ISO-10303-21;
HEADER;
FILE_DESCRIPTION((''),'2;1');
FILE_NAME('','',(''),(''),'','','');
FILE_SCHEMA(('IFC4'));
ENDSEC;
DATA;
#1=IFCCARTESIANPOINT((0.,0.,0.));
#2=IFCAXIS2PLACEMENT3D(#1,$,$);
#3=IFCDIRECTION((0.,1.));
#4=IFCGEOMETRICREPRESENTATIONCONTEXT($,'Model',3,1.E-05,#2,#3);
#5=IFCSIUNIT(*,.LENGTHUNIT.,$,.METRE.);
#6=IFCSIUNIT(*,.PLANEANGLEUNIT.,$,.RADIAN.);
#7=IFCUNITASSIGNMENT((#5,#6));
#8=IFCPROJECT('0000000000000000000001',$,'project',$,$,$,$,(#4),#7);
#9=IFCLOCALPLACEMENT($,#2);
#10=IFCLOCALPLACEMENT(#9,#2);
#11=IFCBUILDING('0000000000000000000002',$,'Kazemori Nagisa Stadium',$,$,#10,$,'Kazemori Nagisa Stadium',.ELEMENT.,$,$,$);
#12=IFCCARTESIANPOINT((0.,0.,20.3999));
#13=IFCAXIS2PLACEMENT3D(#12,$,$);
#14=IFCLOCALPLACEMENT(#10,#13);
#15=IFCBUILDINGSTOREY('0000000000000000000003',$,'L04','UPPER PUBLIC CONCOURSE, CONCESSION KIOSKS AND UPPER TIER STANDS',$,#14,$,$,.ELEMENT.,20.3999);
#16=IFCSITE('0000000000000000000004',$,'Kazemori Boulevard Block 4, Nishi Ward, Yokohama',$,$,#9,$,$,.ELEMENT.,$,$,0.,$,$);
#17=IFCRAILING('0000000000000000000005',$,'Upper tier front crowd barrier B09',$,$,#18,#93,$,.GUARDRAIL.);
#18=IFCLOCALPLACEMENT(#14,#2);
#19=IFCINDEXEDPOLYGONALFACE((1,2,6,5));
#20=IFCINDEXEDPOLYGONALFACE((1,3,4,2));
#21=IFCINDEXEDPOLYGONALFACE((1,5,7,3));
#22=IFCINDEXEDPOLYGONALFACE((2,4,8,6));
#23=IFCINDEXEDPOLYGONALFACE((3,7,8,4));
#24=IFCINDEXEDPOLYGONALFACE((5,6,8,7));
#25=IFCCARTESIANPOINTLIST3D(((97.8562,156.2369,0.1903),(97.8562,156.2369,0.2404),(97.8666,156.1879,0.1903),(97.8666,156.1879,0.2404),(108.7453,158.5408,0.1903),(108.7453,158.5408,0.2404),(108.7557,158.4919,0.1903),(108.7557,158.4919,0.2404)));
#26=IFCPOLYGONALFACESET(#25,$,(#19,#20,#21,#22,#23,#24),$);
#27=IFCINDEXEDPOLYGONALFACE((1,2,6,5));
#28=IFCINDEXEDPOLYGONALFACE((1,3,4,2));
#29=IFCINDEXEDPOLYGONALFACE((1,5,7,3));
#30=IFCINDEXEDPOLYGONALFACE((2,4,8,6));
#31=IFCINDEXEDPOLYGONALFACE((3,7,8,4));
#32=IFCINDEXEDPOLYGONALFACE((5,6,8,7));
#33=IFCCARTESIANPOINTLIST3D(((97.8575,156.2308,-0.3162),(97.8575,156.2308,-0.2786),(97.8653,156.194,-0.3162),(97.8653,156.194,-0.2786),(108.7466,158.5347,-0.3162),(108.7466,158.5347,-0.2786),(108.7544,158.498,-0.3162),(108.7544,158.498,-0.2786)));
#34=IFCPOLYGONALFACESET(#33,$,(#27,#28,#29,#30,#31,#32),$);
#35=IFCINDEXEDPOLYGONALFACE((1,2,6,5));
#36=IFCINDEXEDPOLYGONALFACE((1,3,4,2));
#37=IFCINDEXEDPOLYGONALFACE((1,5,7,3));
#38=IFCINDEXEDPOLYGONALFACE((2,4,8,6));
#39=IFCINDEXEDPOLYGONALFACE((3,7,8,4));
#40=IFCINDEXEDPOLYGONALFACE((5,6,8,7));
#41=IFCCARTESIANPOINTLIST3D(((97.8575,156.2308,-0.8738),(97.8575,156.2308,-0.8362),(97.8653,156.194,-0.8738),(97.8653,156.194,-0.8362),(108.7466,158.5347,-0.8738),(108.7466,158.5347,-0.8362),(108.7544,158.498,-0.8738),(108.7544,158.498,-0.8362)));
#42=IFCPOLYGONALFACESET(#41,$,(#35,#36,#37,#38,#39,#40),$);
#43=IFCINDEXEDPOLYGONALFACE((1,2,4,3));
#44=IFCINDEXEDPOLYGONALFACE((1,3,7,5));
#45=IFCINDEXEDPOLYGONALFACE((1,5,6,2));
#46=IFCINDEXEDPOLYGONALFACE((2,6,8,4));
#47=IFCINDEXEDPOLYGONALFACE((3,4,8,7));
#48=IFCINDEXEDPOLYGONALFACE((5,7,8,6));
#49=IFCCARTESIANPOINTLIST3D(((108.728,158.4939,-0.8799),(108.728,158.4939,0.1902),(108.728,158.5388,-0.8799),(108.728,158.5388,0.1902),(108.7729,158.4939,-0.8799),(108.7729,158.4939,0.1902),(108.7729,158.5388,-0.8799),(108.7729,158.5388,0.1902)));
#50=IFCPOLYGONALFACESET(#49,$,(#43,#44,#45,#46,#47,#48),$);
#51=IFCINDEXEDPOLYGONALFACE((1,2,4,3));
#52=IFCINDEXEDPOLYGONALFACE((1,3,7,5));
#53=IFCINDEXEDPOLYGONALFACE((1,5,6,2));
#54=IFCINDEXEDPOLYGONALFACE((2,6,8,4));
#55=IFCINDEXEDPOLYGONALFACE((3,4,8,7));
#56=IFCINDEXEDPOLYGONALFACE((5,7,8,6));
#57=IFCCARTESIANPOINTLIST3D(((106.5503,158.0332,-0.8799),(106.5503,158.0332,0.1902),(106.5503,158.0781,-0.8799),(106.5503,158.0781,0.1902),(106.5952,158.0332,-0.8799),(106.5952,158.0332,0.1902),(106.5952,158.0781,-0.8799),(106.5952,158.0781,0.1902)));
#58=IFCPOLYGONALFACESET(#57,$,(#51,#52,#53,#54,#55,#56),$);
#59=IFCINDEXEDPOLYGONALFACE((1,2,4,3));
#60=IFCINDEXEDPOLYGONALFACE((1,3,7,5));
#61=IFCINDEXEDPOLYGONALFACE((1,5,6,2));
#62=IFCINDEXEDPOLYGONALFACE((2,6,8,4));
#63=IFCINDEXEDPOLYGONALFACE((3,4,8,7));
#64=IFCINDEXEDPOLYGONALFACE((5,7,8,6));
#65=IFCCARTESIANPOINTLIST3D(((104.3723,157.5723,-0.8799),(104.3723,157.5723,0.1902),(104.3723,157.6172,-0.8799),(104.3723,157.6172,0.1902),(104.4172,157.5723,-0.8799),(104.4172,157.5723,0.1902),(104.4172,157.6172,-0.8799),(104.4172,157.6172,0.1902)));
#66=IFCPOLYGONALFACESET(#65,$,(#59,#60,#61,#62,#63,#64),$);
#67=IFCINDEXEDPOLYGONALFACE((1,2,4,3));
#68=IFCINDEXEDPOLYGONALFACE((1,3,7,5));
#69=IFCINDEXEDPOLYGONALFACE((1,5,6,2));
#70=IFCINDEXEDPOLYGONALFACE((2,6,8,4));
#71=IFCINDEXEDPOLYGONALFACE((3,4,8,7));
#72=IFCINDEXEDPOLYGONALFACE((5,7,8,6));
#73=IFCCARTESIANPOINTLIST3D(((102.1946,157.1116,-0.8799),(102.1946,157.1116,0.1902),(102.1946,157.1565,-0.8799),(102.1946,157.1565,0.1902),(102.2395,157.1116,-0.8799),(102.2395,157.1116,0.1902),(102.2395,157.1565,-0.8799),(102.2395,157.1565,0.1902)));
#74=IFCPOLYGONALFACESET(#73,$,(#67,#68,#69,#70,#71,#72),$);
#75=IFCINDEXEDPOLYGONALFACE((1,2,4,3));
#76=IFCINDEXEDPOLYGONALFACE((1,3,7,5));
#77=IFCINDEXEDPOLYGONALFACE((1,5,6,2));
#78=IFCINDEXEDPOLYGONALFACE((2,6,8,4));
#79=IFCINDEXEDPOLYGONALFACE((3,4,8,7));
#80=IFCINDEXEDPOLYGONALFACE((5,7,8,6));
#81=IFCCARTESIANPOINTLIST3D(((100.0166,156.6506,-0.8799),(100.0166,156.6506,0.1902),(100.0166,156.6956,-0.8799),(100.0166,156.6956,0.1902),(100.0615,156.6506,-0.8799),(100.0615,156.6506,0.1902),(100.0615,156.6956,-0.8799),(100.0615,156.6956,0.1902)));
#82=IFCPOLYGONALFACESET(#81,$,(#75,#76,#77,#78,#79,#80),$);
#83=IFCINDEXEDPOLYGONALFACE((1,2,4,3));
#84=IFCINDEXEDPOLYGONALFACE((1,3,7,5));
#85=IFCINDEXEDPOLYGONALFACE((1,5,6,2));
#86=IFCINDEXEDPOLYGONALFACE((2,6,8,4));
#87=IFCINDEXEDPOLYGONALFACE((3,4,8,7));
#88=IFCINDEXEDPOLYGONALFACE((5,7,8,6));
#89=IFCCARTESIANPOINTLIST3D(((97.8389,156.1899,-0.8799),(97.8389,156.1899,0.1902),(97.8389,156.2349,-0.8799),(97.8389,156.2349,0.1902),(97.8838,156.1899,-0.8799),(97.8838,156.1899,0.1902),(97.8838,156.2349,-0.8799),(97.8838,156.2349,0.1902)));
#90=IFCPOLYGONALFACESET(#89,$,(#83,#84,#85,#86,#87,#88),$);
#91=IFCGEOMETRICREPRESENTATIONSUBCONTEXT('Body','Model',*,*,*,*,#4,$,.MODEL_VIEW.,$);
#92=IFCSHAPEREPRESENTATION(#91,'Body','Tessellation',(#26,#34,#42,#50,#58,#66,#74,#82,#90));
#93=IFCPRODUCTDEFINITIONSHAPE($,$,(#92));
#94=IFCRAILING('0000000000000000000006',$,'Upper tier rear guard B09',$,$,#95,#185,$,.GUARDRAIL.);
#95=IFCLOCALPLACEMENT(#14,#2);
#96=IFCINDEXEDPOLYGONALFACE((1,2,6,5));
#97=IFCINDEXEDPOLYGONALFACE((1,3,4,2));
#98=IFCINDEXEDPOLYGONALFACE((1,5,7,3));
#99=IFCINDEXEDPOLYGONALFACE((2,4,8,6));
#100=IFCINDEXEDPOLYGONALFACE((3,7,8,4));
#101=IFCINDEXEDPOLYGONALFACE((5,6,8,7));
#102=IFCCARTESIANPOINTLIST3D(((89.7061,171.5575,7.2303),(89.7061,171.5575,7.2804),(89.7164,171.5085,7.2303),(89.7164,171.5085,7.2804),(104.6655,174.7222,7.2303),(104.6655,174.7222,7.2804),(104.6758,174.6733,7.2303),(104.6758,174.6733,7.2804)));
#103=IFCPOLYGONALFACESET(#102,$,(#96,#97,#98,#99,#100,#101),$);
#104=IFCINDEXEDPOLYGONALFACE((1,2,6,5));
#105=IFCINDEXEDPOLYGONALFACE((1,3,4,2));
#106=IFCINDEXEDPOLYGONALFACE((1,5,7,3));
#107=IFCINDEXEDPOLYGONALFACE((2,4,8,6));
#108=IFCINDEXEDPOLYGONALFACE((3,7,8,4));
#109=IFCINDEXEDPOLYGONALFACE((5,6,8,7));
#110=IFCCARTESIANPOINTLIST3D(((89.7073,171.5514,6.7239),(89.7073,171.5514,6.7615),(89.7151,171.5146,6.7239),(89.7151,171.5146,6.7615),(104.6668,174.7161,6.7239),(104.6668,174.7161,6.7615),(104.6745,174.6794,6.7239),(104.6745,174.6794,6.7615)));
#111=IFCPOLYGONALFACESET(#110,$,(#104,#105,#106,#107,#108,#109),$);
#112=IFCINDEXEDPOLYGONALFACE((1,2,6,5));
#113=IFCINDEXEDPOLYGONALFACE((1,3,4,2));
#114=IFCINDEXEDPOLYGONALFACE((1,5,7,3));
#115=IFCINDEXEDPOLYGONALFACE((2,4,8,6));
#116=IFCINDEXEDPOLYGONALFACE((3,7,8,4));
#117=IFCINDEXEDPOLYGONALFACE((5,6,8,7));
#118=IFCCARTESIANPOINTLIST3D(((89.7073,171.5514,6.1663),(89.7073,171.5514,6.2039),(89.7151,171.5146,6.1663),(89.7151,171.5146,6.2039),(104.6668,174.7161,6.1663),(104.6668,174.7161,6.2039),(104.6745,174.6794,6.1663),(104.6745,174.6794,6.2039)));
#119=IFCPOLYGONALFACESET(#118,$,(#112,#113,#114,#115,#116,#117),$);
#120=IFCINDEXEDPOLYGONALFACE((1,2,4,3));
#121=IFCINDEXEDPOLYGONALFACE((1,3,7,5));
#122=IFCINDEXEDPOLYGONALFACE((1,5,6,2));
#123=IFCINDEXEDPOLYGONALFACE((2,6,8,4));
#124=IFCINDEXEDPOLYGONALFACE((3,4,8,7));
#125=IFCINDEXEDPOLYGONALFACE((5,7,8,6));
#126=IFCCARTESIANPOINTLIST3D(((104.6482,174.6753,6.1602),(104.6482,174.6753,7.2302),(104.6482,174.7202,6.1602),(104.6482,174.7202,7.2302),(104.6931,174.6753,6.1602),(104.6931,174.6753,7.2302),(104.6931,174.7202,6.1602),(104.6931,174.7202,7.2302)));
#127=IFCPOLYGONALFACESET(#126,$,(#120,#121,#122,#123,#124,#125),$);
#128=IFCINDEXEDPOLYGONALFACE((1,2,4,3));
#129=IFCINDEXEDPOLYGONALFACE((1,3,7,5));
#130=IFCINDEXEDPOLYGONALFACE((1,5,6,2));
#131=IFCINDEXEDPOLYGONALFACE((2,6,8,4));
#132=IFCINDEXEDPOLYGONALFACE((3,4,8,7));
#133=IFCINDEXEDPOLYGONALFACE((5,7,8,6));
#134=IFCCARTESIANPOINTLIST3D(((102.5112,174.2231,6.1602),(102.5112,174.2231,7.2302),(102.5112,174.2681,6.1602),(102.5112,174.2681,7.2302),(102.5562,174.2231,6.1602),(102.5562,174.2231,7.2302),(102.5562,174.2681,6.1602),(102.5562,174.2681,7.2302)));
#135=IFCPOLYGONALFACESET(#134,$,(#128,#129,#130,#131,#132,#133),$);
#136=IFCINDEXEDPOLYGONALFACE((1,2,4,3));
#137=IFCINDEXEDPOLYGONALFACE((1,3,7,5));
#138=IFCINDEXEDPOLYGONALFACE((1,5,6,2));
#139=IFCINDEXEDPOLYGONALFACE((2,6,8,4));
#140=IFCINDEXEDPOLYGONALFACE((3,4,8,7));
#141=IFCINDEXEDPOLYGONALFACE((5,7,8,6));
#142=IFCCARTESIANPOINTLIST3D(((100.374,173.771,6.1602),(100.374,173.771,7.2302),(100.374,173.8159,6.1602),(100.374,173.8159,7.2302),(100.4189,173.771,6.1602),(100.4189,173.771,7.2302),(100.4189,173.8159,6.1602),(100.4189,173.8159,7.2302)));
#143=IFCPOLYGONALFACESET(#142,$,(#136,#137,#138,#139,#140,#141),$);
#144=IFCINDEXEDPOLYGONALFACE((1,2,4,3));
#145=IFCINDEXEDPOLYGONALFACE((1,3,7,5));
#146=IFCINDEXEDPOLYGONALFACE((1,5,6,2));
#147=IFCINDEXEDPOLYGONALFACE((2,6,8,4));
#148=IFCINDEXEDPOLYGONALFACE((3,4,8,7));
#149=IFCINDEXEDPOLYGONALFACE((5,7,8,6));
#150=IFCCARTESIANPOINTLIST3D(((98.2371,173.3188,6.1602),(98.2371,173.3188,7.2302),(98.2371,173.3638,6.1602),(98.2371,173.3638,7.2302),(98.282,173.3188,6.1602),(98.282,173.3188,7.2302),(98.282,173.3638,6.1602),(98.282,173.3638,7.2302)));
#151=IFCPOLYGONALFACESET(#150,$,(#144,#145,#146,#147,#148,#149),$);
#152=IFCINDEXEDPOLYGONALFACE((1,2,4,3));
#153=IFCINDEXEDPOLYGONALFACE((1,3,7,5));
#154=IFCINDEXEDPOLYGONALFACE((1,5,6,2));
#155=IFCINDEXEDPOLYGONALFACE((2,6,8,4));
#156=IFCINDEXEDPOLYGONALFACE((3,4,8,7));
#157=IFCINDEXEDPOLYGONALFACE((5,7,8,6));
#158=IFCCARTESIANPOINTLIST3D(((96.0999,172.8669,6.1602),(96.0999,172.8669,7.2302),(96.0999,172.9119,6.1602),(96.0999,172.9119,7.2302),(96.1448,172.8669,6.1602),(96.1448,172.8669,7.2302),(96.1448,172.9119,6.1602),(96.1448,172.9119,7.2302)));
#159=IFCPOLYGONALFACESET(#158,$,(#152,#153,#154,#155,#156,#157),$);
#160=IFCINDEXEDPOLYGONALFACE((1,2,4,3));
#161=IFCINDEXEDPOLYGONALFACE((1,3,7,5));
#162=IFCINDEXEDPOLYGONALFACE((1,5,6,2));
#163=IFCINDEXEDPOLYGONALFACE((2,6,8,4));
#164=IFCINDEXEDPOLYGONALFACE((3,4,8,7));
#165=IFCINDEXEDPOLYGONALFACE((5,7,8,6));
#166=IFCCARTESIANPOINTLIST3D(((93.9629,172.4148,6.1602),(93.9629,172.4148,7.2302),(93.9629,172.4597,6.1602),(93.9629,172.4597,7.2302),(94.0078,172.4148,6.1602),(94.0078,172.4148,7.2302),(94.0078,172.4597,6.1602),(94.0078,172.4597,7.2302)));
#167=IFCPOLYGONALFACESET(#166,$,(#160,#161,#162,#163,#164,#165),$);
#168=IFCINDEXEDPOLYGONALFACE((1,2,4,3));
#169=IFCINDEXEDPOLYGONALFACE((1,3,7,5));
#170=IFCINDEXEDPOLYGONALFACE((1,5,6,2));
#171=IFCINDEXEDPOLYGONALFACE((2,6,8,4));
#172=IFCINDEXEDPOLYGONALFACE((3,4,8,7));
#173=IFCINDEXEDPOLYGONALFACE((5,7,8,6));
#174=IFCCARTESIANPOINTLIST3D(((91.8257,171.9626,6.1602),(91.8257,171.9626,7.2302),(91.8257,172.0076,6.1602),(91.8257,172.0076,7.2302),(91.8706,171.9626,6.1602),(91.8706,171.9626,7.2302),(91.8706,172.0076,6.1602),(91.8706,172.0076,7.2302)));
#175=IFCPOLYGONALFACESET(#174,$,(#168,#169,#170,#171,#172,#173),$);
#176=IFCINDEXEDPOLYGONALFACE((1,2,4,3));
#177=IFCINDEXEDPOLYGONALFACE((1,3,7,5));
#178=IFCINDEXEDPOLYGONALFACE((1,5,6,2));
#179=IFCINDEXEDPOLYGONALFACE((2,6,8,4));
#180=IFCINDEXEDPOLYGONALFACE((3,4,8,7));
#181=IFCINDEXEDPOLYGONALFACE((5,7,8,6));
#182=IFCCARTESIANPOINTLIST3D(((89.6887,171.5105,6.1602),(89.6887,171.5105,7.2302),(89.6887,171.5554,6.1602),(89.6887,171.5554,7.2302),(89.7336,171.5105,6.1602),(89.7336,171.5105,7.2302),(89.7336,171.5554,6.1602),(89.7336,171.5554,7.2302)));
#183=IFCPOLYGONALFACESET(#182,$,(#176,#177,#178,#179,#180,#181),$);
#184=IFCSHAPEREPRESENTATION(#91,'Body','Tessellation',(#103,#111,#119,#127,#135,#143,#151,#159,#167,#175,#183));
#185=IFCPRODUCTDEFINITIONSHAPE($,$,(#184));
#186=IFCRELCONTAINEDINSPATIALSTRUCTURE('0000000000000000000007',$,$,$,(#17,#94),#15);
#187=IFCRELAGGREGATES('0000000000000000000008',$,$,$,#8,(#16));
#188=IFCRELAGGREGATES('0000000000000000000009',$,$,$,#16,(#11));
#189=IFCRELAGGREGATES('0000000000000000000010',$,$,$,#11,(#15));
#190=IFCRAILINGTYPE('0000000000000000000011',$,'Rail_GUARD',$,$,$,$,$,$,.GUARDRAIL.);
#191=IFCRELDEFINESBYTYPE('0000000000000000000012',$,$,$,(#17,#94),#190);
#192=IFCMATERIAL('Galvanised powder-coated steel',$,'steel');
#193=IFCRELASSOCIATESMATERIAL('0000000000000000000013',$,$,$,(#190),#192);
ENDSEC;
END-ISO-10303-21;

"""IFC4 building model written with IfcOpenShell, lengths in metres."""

from ifc_helpers import new_model, si_unit, direction, frame, origin, origin_2d, place, context, subcontext, project, spatial, rectangle, extrude, material, type_object, element, save


model = new_model("IFC4")

# Units and contexts
model_context = context("Model", 3, precision=1e-05, world=origin(), true_north=direction((0.0, 1.0)))
body_context = subcontext(model_context, "Body", "Model", "MODEL_VIEW")
ifc_project = project(units=[si_unit("LENGTHUNIT", "METRE"), si_unit("PLANEANGLEUNIT", "RADIAN")], contexts=[model_context])

# Site, building, storey
site_placement = place(None, origin())
site = spatial("IfcSite", under=ifc_project, at=site_placement, Name="Kazemori Boulevard Block 4, Nishi Ward, Yokohama", CompositionType="ELEMENT", RefElevation=0.0)
building_placement = place(site_placement, origin())
building = spatial("IfcBuilding", under=site, at=building_placement, Name="Kazemori Nagisa Stadium", LongName="Kazemori Nagisa Stadium", CompositionType="ELEMENT")
storey_placement = place(building_placement, frame((0.0, 0.0, 20.3999)))
storey = spatial("IfcBuildingStorey", under=building, at=storey_placement, Name="L04", Description="UPPER PUBLIC CONCOURSE, CONCESSION KIOSKS AND UPPER TIER STANDS", CompositionType="ELEMENT", Elevation=20.3999)

# Railings
ifc_material_1 = material(Name="Galvanised powder-coated steel", Category="steel")
railing_type_1 = type_object("IfcRailingType", Name="Rail_GUARD", PredefinedType="GUARDRAIL", material=ifc_material_1)
railing_1_placement = place(storey_placement, frame((108.7505, 158.5164, -0.8799)))
element("IfcRailing", 1, at=railing_1_placement, inside=storey, type_object=railing_type_1, Name="Upper tier front crowd barrier B09", PredefinedType="GUARDRAIL", context=body_context, shape_type="SweptSolid", body=[
    extrude(rectangle(XDim=0.05, YDim=0.05, at=origin_2d()), frame((0.0, 0.0, 1.0952), z_axis=(-0.978341, -0.207, 0.0), x_axis=(0.207, -0.978341, 0.0)), (0.0, 0.0, 1.0), 11.1301),
    extrude(rectangle(XDim=0.0376, YDim=0.0376, at=origin_2d()), frame((0.0, 0.0, 0.5825), z_axis=(-0.978341, -0.207, 0.0), x_axis=(0.207, -0.978341, 0.0)), (0.0, 0.0, 1.0), 11.1301),
    extrude(rectangle(XDim=0.0376, YDim=0.0376, at=origin_2d()), frame((0.0, 0.0, 0.0249), z_axis=(-0.978341, -0.207, 0.0), x_axis=(0.207, -0.978341, 0.0)), (0.0, 0.0, 1.0), 11.1301),
    extrude(rectangle(XDim=0.0449, YDim=0.0449, at=origin_2d()), origin(), (0.0, 0.0, 1.0), 1.0701),
    extrude(rectangle(XDim=0.0449, YDim=0.0449, at=origin_2d()), frame((-2.1777, -0.4607, 0.0)), (0.0, 0.0, 1.0), 1.0701),
    extrude(rectangle(XDim=0.0449, YDim=0.0449, at=origin_2d()), frame((-4.3557, -0.9216, 0.0)), (0.0, 0.0, 1.0), 1.0701),
    extrude(rectangle(XDim=0.0449, YDim=0.0449, at=origin_2d()), frame((-6.5334, -1.3823, 0.0)), (0.0, 0.0, 1.0), 1.0701),
    extrude(rectangle(XDim=0.0449, YDim=0.0449, at=origin_2d()), frame((-8.7114, -1.8433, 0.0)), (0.0, 0.0, 1.0), 1.0701),
    extrude(rectangle(XDim=0.0449, YDim=0.0449, at=origin_2d()), frame((-10.8892, -2.304, 0.0)), (0.0, 0.0, 1.0), 1.0701),
])
railing_2_placement = place(storey_placement, frame((104.6707, 174.6978, 6.1602)))
element("IfcRailing", 2, at=railing_2_placement, inside=storey, type_object=railing_type_1, Name="Upper tier rear guard B09", PredefinedType="GUARDRAIL", context=body_context, shape_type="SweptSolid", body=[
    extrude(rectangle(XDim=0.05, YDim=0.05, at=origin_2d()), frame((0.0, 0.0, 1.0952), z_axis=(-0.978346, -0.206977, 0.0), x_axis=(0.206977, -0.978346, 0.0)), (0.0, 0.0, 1.0), 15.2905),
    extrude(rectangle(XDim=0.0376, YDim=0.0376, at=origin_2d()), frame((0.0, 0.0, 0.5825), z_axis=(-0.978346, -0.206977, 0.0), x_axis=(0.206977, -0.978346, 0.0)), (0.0, 0.0, 1.0), 15.2905),
    extrude(rectangle(XDim=0.0376, YDim=0.0376, at=origin_2d()), frame((0.0, 0.0, 0.0249), z_axis=(-0.978346, -0.206977, 0.0), x_axis=(0.206977, -0.978346, 0.0)), (0.0, 0.0, 1.0), 15.2905),
    extrude(rectangle(XDim=0.0449, YDim=0.0449, at=origin_2d()), origin(), (0.0, 0.0, 1.0), 1.0701),
    extrude(rectangle(XDim=0.0449, YDim=0.0449, at=origin_2d()), frame((-2.137, -0.4521, 0.0)), (0.0, 0.0, 1.0), 1.0701),
    extrude(rectangle(XDim=0.0449, YDim=0.0449, at=origin_2d()), frame((-4.2742, -0.9043, 0.0)), (0.0, 0.0, 1.0), 1.0701),
    extrude(rectangle(XDim=0.0449, YDim=0.0449, at=origin_2d()), frame((-6.4111, -1.3564, 0.0)), (0.0, 0.0, 1.0), 1.0701),
    extrude(rectangle(XDim=0.0449, YDim=0.0449, at=origin_2d()), frame((-8.5483, -1.8083, 0.0)), (0.0, 0.0, 1.0), 1.0701),
    extrude(rectangle(XDim=0.0449, YDim=0.0449, at=origin_2d()), frame((-10.6853, -2.2605, 0.0)), (0.0, 0.0, 1.0), 1.0701),
    extrude(rectangle(XDim=0.0449, YDim=0.0449, at=origin_2d()), frame((-12.8225, -2.7126, 0.0)), (0.0, 0.0, 1.0), 1.0701),
    extrude(rectangle(XDim=0.0449, YDim=0.0449, at=origin_2d()), frame((-14.9595, -3.1648, 0.0)), (0.0, 0.0, 1.0), 1.0701),
])

save(model, "model.ifc")
